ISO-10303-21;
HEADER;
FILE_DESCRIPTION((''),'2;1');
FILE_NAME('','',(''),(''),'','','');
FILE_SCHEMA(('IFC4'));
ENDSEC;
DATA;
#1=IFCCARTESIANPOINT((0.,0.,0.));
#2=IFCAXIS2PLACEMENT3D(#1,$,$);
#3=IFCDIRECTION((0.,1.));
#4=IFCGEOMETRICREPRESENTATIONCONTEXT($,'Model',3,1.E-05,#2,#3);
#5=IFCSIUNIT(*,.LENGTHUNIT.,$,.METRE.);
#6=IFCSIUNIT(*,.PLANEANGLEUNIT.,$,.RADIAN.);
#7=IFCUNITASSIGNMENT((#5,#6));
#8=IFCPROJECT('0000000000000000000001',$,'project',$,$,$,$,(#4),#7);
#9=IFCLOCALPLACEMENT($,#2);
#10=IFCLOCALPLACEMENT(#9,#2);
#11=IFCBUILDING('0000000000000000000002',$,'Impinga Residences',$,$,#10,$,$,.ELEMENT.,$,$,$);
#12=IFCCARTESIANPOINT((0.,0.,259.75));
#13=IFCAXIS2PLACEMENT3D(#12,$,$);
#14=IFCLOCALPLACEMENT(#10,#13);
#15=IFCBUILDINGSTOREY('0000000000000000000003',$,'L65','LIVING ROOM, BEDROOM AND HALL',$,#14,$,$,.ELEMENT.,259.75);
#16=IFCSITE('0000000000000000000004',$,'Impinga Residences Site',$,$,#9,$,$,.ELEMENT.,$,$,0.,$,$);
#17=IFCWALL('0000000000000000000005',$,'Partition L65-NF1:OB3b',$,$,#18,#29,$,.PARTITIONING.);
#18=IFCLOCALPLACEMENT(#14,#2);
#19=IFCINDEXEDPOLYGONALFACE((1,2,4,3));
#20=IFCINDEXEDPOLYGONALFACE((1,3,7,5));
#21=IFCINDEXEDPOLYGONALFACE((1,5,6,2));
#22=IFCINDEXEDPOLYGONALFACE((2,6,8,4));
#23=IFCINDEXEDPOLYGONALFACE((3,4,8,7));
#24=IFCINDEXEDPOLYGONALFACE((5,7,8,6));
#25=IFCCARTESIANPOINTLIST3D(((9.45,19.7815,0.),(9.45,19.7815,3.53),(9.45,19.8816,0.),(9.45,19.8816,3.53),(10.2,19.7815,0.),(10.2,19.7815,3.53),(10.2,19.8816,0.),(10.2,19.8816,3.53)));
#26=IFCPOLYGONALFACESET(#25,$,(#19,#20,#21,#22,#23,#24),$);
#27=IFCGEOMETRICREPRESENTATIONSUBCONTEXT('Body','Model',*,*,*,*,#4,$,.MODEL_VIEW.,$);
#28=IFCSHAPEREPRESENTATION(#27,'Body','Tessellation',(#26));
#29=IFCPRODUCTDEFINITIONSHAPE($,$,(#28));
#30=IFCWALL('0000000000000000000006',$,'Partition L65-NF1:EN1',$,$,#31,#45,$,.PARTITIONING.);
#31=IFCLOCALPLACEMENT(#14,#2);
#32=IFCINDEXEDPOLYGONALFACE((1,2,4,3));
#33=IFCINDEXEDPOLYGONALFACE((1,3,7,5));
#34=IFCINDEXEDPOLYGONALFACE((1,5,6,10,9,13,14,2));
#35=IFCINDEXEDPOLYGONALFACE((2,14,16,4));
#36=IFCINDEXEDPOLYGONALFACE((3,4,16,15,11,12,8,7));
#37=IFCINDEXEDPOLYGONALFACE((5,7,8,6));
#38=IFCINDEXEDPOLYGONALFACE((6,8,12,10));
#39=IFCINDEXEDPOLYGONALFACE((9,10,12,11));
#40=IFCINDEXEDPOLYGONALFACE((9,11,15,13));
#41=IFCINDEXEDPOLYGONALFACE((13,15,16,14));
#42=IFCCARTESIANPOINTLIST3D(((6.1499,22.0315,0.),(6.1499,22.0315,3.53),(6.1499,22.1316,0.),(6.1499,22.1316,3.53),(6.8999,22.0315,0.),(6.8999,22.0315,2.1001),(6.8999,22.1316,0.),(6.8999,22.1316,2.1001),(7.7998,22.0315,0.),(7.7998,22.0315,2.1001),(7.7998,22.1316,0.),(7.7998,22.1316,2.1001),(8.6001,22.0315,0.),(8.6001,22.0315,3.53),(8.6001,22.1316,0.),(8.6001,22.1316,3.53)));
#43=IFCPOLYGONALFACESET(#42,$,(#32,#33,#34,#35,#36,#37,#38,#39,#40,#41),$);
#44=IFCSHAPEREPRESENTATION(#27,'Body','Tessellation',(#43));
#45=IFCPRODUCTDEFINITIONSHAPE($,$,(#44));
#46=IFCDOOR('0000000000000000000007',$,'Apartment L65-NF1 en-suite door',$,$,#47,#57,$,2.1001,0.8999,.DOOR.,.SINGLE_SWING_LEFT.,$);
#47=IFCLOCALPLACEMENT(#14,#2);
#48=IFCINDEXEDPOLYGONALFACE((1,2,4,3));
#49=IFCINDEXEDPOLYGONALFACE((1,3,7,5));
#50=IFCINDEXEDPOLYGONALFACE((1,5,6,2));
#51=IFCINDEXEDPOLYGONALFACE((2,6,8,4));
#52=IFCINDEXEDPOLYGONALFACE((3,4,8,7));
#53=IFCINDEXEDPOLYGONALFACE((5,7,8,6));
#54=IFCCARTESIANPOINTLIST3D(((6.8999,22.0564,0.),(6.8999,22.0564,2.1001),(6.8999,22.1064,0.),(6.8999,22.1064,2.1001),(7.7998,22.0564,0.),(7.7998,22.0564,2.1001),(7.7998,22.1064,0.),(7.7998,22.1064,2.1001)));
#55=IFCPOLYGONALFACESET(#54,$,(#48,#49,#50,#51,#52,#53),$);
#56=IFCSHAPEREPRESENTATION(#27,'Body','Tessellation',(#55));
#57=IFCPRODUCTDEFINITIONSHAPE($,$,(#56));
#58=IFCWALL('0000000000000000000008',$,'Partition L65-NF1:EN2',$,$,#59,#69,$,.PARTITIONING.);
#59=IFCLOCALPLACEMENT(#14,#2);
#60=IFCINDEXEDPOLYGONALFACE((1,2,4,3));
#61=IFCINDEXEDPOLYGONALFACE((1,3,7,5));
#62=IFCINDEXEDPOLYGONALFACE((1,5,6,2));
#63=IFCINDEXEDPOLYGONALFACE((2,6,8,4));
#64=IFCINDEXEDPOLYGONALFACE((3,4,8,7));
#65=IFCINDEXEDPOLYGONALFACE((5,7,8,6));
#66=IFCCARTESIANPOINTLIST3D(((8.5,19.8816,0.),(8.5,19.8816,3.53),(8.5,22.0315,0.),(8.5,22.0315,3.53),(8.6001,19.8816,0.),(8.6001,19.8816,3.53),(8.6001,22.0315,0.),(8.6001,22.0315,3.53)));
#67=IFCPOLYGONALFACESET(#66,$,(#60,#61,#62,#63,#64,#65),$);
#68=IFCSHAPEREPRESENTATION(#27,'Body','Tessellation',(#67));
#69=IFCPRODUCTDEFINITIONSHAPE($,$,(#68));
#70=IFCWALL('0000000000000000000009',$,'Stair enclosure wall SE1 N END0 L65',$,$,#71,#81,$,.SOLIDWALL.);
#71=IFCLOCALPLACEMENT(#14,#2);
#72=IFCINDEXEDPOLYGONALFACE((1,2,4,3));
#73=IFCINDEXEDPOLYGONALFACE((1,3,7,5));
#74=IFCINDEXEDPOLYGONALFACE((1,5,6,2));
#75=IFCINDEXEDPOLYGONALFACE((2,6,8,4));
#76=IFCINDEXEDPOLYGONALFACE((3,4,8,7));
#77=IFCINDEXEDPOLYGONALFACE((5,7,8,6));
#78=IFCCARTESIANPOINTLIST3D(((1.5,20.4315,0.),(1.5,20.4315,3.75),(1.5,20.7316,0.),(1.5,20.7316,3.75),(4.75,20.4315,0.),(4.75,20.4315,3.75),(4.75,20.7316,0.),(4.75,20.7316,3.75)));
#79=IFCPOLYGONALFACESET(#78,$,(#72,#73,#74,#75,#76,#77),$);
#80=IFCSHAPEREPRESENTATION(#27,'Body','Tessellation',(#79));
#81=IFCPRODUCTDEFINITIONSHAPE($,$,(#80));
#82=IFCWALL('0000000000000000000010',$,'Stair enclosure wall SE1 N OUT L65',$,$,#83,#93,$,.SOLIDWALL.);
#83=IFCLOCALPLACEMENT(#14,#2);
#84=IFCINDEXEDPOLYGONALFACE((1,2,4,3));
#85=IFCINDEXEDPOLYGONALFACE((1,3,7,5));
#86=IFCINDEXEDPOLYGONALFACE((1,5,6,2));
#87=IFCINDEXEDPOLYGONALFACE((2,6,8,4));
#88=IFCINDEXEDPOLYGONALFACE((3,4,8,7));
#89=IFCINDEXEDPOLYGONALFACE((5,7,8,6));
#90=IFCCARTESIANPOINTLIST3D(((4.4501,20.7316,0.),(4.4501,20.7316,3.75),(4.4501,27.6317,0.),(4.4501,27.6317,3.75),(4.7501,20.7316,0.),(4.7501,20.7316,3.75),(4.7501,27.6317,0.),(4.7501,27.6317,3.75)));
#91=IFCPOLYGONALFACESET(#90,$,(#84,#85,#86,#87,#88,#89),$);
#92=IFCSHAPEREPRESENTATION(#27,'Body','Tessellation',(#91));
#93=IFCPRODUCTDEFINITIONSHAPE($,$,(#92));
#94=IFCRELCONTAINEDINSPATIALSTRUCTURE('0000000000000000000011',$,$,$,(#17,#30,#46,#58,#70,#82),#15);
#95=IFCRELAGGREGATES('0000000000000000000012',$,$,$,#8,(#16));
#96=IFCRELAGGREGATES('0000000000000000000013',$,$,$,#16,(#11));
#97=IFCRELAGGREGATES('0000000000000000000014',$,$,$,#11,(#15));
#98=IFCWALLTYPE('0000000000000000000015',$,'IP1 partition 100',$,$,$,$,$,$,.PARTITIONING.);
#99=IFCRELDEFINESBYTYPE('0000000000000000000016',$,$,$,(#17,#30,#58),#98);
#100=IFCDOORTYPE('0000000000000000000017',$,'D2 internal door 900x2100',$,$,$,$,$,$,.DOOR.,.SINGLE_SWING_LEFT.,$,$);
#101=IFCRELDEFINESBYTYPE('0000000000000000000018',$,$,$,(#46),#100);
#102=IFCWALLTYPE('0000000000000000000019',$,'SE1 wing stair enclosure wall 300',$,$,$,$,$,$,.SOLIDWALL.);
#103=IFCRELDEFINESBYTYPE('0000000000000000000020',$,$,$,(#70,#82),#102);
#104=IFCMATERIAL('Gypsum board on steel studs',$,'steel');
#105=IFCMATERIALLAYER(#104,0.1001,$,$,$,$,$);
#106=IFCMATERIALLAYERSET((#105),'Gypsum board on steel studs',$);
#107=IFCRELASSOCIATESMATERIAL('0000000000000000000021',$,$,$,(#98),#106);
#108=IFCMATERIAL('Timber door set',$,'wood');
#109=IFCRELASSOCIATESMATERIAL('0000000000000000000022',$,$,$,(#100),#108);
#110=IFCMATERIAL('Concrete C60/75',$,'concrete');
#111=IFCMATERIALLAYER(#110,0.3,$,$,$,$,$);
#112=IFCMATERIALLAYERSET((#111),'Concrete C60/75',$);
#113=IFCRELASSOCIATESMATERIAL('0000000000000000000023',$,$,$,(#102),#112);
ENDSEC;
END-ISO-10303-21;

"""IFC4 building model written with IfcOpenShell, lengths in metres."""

from ifc_helpers import new_model, si_unit, direction, frame, frame_2d, origin, place, context, subcontext, project, spatial, rectangle, extrude, material, layer, layer_set, type_object, element, fill, save


model = new_model("IFC4")

# Units and contexts
model_context = context("Model", 3, precision=1e-05, world=origin(), true_north=direction((0.0, 1.0)))
body_context = subcontext(model_context, "Body", "Model", "MODEL_VIEW")
ifc_project = project(units=[si_unit("LENGTHUNIT", "METRE"), si_unit("PLANEANGLEUNIT", "RADIAN")], contexts=[model_context])

# Site, building, storey
site_placement = place(None, origin())
site = spatial("IfcSite", under=ifc_project, at=site_placement, Name="Impinga Residences Site", CompositionType="ELEMENT", RefElevation=0.0)
building_placement = place(site_placement, origin())
building = spatial("IfcBuilding", under=site, at=building_placement, Name="Impinga Residences", CompositionType="ELEMENT")
storey_placement = place(building_placement, frame((0.0, 0.0, 259.75)))
storey = spatial("IfcBuildingStorey", under=building, at=storey_placement, Name="L65", Description="LIVING ROOM, BEDROOM AND HALL", CompositionType="ELEMENT", Elevation=259.75)

# Shared definitions
ifc_material_1 = material(Name="Concrete C60/75", Category="concrete")

# Shared definitions
ifc_material_2 = material(Name="Gypsum board on steel studs", Category="steel")
ifc_layer_1 = layer(ifc_material_2, 0.1001)
ifc_layer_set_1 = layer_set([ifc_layer_1], Name="Gypsum board on steel studs")
wall_type_1 = type_object("IfcWallType", Name="IP1 partition 100", PredefinedType="PARTITIONING", material=ifc_layer_set_1)

# Shared definitions
ifc_material_3 = material(Name="Timber door set", Category="wood")
door_type = type_object("IfcDoorType", Name="D2 internal door 900x2100", OperationType="SINGLE_SWING_LEFT", PredefinedType="DOOR", material=ifc_material_3)

# Wall
wall_1_placement = place(storey_placement, frame((9.45, 19.8315, 0.0), z_axis=(0.0, 0.0, 1.0), x_axis=(1.0, 0.0, 0.0)))
element("IfcWall", 1, at=wall_1_placement, inside=storey, type_object=wall_type_1, Name="Partition L65-NF1:OB3b", PredefinedType="PARTITIONING", context=body_context, shape_type="SweptSolid", body=[
    extrude(rectangle(XDim=0.75, YDim=0.1001, at=frame_2d((0.375, 0.0))), origin(), (0.0, 0.0, 1.0), 3.53),
])

# Wall, opening, door
wall_2_placement = place(storey_placement, frame((6.1499, 22.0815, 0.0), z_axis=(0.0, 0.0, 1.0), x_axis=(1.0, 0.0, 0.0)))
wall_2 = element("IfcWall", 2, at=wall_2_placement, inside=storey, type_object=wall_type_1, Name="Partition L65-NF1:EN1", PredefinedType="PARTITIONING", context=body_context, shape_type="SweptSolid", body=[
    extrude(rectangle(XDim=2.4502, YDim=0.1001, at=frame_2d((1.2251, 0.0))), origin(), (0.0, 0.0, 1.0), 3.53),
])
opening_1_placement = place(wall_2_placement, frame((0.75, 0.0, 0.0)))
opening_1 = element("IfcOpeningElement", 3, at=opening_1_placement, cuts=wall_2, PredefinedType="OPENING", context=body_context, shape_type="SweptSolid", body=[
    extrude(rectangle(XDim=0.8999, YDim=2.1001, at=frame_2d((0.45, 1.05))), frame((0.0, 0.0601, 0.0), z_axis=(0.0, -1.0, 0.0), x_axis=(1.0, 0.0, 0.0)), (0.0, 0.0, 1.0), 0.1201),
])
door_1_placement = place(opening_1_placement, origin())
door_1 = element("IfcDoor", 4, at=door_1_placement, inside=storey, type_object=door_type, Name="Apartment L65-NF1 en-suite door", OperationType="SINGLE_SWING_LEFT", OverallHeight=2.1001, OverallWidth=0.8999, PredefinedType="DOOR", context=body_context, shape_type="SweptSolid", body=[
    extrude(rectangle(XDim=0.8999, YDim=2.1001, at=frame_2d((0.45, 1.05))), frame((0.0, 0.0249, 0.0), z_axis=(0.0, -1.0, 0.0), x_axis=(1.0, 0.0, 0.0)), (0.0, 0.0, 1.0), 0.05),
])
fill(opening_1, door_1)

# Walls
wall_3_placement = place(storey_placement, frame((8.55, 19.8816, 0.0), z_axis=(0.0, 0.0, 1.0), x_axis=(0.0, 1.0, 0.0)))
element("IfcWall", 5, at=wall_3_placement, inside=storey, type_object=wall_type_1, Name="Partition L65-NF1:EN2", PredefinedType="PARTITIONING", context=body_context, shape_type="SweptSolid", body=[
    extrude(rectangle(XDim=2.1499, YDim=0.1001, at=frame_2d((1.075, 0.0))), origin(), (0.0, 0.0, 1.0), 3.53),
])
ifc_layer_2 = layer(ifc_material_1, 0.3)
ifc_layer_set_2 = layer_set([ifc_layer_2], Name="Concrete C60/75")
wall_type_2 = type_object("IfcWallType", Name="SE1 wing stair enclosure wall 300", PredefinedType="SOLIDWALL", material=ifc_layer_set_2)
wall_4_placement = place(storey_placement, frame((1.5, 20.5815, 0.0), z_axis=(0.0, 0.0, 1.0), x_axis=(1.0, 0.0, 0.0)))
element("IfcWall", 6, at=wall_4_placement, inside=storey, type_object=wall_type_2, Name="Stair enclosure wall SE1 N END0 L65", PredefinedType="SOLIDWALL", context=body_context, shape_type="SweptSolid", body=[
    extrude(rectangle(XDim=3.25, YDim=0.3, at=frame_2d((1.625, 0.0))), origin(), (0.0, 0.0, 1.0), 3.75),
])
wall_5_placement = place(storey_placement, frame((4.6001, 20.7314, 0.0), z_axis=(0.0, 0.0, 1.0), x_axis=(0.0, 1.0, 0.0)))
element("IfcWall", 7, at=wall_5_placement, inside=storey, type_object=wall_type_2, Name="Stair enclosure wall SE1 N OUT L65", PredefinedType="SOLIDWALL", context=body_context, shape_type="SweptSolid", body=[
    extrude(rectangle(XDim=6.9001, YDim=0.3, at=frame_2d((3.4502, 0.0))), origin(), (0.0, 0.0, 1.0), 3.75),
])

save(model, "model.ifc")
